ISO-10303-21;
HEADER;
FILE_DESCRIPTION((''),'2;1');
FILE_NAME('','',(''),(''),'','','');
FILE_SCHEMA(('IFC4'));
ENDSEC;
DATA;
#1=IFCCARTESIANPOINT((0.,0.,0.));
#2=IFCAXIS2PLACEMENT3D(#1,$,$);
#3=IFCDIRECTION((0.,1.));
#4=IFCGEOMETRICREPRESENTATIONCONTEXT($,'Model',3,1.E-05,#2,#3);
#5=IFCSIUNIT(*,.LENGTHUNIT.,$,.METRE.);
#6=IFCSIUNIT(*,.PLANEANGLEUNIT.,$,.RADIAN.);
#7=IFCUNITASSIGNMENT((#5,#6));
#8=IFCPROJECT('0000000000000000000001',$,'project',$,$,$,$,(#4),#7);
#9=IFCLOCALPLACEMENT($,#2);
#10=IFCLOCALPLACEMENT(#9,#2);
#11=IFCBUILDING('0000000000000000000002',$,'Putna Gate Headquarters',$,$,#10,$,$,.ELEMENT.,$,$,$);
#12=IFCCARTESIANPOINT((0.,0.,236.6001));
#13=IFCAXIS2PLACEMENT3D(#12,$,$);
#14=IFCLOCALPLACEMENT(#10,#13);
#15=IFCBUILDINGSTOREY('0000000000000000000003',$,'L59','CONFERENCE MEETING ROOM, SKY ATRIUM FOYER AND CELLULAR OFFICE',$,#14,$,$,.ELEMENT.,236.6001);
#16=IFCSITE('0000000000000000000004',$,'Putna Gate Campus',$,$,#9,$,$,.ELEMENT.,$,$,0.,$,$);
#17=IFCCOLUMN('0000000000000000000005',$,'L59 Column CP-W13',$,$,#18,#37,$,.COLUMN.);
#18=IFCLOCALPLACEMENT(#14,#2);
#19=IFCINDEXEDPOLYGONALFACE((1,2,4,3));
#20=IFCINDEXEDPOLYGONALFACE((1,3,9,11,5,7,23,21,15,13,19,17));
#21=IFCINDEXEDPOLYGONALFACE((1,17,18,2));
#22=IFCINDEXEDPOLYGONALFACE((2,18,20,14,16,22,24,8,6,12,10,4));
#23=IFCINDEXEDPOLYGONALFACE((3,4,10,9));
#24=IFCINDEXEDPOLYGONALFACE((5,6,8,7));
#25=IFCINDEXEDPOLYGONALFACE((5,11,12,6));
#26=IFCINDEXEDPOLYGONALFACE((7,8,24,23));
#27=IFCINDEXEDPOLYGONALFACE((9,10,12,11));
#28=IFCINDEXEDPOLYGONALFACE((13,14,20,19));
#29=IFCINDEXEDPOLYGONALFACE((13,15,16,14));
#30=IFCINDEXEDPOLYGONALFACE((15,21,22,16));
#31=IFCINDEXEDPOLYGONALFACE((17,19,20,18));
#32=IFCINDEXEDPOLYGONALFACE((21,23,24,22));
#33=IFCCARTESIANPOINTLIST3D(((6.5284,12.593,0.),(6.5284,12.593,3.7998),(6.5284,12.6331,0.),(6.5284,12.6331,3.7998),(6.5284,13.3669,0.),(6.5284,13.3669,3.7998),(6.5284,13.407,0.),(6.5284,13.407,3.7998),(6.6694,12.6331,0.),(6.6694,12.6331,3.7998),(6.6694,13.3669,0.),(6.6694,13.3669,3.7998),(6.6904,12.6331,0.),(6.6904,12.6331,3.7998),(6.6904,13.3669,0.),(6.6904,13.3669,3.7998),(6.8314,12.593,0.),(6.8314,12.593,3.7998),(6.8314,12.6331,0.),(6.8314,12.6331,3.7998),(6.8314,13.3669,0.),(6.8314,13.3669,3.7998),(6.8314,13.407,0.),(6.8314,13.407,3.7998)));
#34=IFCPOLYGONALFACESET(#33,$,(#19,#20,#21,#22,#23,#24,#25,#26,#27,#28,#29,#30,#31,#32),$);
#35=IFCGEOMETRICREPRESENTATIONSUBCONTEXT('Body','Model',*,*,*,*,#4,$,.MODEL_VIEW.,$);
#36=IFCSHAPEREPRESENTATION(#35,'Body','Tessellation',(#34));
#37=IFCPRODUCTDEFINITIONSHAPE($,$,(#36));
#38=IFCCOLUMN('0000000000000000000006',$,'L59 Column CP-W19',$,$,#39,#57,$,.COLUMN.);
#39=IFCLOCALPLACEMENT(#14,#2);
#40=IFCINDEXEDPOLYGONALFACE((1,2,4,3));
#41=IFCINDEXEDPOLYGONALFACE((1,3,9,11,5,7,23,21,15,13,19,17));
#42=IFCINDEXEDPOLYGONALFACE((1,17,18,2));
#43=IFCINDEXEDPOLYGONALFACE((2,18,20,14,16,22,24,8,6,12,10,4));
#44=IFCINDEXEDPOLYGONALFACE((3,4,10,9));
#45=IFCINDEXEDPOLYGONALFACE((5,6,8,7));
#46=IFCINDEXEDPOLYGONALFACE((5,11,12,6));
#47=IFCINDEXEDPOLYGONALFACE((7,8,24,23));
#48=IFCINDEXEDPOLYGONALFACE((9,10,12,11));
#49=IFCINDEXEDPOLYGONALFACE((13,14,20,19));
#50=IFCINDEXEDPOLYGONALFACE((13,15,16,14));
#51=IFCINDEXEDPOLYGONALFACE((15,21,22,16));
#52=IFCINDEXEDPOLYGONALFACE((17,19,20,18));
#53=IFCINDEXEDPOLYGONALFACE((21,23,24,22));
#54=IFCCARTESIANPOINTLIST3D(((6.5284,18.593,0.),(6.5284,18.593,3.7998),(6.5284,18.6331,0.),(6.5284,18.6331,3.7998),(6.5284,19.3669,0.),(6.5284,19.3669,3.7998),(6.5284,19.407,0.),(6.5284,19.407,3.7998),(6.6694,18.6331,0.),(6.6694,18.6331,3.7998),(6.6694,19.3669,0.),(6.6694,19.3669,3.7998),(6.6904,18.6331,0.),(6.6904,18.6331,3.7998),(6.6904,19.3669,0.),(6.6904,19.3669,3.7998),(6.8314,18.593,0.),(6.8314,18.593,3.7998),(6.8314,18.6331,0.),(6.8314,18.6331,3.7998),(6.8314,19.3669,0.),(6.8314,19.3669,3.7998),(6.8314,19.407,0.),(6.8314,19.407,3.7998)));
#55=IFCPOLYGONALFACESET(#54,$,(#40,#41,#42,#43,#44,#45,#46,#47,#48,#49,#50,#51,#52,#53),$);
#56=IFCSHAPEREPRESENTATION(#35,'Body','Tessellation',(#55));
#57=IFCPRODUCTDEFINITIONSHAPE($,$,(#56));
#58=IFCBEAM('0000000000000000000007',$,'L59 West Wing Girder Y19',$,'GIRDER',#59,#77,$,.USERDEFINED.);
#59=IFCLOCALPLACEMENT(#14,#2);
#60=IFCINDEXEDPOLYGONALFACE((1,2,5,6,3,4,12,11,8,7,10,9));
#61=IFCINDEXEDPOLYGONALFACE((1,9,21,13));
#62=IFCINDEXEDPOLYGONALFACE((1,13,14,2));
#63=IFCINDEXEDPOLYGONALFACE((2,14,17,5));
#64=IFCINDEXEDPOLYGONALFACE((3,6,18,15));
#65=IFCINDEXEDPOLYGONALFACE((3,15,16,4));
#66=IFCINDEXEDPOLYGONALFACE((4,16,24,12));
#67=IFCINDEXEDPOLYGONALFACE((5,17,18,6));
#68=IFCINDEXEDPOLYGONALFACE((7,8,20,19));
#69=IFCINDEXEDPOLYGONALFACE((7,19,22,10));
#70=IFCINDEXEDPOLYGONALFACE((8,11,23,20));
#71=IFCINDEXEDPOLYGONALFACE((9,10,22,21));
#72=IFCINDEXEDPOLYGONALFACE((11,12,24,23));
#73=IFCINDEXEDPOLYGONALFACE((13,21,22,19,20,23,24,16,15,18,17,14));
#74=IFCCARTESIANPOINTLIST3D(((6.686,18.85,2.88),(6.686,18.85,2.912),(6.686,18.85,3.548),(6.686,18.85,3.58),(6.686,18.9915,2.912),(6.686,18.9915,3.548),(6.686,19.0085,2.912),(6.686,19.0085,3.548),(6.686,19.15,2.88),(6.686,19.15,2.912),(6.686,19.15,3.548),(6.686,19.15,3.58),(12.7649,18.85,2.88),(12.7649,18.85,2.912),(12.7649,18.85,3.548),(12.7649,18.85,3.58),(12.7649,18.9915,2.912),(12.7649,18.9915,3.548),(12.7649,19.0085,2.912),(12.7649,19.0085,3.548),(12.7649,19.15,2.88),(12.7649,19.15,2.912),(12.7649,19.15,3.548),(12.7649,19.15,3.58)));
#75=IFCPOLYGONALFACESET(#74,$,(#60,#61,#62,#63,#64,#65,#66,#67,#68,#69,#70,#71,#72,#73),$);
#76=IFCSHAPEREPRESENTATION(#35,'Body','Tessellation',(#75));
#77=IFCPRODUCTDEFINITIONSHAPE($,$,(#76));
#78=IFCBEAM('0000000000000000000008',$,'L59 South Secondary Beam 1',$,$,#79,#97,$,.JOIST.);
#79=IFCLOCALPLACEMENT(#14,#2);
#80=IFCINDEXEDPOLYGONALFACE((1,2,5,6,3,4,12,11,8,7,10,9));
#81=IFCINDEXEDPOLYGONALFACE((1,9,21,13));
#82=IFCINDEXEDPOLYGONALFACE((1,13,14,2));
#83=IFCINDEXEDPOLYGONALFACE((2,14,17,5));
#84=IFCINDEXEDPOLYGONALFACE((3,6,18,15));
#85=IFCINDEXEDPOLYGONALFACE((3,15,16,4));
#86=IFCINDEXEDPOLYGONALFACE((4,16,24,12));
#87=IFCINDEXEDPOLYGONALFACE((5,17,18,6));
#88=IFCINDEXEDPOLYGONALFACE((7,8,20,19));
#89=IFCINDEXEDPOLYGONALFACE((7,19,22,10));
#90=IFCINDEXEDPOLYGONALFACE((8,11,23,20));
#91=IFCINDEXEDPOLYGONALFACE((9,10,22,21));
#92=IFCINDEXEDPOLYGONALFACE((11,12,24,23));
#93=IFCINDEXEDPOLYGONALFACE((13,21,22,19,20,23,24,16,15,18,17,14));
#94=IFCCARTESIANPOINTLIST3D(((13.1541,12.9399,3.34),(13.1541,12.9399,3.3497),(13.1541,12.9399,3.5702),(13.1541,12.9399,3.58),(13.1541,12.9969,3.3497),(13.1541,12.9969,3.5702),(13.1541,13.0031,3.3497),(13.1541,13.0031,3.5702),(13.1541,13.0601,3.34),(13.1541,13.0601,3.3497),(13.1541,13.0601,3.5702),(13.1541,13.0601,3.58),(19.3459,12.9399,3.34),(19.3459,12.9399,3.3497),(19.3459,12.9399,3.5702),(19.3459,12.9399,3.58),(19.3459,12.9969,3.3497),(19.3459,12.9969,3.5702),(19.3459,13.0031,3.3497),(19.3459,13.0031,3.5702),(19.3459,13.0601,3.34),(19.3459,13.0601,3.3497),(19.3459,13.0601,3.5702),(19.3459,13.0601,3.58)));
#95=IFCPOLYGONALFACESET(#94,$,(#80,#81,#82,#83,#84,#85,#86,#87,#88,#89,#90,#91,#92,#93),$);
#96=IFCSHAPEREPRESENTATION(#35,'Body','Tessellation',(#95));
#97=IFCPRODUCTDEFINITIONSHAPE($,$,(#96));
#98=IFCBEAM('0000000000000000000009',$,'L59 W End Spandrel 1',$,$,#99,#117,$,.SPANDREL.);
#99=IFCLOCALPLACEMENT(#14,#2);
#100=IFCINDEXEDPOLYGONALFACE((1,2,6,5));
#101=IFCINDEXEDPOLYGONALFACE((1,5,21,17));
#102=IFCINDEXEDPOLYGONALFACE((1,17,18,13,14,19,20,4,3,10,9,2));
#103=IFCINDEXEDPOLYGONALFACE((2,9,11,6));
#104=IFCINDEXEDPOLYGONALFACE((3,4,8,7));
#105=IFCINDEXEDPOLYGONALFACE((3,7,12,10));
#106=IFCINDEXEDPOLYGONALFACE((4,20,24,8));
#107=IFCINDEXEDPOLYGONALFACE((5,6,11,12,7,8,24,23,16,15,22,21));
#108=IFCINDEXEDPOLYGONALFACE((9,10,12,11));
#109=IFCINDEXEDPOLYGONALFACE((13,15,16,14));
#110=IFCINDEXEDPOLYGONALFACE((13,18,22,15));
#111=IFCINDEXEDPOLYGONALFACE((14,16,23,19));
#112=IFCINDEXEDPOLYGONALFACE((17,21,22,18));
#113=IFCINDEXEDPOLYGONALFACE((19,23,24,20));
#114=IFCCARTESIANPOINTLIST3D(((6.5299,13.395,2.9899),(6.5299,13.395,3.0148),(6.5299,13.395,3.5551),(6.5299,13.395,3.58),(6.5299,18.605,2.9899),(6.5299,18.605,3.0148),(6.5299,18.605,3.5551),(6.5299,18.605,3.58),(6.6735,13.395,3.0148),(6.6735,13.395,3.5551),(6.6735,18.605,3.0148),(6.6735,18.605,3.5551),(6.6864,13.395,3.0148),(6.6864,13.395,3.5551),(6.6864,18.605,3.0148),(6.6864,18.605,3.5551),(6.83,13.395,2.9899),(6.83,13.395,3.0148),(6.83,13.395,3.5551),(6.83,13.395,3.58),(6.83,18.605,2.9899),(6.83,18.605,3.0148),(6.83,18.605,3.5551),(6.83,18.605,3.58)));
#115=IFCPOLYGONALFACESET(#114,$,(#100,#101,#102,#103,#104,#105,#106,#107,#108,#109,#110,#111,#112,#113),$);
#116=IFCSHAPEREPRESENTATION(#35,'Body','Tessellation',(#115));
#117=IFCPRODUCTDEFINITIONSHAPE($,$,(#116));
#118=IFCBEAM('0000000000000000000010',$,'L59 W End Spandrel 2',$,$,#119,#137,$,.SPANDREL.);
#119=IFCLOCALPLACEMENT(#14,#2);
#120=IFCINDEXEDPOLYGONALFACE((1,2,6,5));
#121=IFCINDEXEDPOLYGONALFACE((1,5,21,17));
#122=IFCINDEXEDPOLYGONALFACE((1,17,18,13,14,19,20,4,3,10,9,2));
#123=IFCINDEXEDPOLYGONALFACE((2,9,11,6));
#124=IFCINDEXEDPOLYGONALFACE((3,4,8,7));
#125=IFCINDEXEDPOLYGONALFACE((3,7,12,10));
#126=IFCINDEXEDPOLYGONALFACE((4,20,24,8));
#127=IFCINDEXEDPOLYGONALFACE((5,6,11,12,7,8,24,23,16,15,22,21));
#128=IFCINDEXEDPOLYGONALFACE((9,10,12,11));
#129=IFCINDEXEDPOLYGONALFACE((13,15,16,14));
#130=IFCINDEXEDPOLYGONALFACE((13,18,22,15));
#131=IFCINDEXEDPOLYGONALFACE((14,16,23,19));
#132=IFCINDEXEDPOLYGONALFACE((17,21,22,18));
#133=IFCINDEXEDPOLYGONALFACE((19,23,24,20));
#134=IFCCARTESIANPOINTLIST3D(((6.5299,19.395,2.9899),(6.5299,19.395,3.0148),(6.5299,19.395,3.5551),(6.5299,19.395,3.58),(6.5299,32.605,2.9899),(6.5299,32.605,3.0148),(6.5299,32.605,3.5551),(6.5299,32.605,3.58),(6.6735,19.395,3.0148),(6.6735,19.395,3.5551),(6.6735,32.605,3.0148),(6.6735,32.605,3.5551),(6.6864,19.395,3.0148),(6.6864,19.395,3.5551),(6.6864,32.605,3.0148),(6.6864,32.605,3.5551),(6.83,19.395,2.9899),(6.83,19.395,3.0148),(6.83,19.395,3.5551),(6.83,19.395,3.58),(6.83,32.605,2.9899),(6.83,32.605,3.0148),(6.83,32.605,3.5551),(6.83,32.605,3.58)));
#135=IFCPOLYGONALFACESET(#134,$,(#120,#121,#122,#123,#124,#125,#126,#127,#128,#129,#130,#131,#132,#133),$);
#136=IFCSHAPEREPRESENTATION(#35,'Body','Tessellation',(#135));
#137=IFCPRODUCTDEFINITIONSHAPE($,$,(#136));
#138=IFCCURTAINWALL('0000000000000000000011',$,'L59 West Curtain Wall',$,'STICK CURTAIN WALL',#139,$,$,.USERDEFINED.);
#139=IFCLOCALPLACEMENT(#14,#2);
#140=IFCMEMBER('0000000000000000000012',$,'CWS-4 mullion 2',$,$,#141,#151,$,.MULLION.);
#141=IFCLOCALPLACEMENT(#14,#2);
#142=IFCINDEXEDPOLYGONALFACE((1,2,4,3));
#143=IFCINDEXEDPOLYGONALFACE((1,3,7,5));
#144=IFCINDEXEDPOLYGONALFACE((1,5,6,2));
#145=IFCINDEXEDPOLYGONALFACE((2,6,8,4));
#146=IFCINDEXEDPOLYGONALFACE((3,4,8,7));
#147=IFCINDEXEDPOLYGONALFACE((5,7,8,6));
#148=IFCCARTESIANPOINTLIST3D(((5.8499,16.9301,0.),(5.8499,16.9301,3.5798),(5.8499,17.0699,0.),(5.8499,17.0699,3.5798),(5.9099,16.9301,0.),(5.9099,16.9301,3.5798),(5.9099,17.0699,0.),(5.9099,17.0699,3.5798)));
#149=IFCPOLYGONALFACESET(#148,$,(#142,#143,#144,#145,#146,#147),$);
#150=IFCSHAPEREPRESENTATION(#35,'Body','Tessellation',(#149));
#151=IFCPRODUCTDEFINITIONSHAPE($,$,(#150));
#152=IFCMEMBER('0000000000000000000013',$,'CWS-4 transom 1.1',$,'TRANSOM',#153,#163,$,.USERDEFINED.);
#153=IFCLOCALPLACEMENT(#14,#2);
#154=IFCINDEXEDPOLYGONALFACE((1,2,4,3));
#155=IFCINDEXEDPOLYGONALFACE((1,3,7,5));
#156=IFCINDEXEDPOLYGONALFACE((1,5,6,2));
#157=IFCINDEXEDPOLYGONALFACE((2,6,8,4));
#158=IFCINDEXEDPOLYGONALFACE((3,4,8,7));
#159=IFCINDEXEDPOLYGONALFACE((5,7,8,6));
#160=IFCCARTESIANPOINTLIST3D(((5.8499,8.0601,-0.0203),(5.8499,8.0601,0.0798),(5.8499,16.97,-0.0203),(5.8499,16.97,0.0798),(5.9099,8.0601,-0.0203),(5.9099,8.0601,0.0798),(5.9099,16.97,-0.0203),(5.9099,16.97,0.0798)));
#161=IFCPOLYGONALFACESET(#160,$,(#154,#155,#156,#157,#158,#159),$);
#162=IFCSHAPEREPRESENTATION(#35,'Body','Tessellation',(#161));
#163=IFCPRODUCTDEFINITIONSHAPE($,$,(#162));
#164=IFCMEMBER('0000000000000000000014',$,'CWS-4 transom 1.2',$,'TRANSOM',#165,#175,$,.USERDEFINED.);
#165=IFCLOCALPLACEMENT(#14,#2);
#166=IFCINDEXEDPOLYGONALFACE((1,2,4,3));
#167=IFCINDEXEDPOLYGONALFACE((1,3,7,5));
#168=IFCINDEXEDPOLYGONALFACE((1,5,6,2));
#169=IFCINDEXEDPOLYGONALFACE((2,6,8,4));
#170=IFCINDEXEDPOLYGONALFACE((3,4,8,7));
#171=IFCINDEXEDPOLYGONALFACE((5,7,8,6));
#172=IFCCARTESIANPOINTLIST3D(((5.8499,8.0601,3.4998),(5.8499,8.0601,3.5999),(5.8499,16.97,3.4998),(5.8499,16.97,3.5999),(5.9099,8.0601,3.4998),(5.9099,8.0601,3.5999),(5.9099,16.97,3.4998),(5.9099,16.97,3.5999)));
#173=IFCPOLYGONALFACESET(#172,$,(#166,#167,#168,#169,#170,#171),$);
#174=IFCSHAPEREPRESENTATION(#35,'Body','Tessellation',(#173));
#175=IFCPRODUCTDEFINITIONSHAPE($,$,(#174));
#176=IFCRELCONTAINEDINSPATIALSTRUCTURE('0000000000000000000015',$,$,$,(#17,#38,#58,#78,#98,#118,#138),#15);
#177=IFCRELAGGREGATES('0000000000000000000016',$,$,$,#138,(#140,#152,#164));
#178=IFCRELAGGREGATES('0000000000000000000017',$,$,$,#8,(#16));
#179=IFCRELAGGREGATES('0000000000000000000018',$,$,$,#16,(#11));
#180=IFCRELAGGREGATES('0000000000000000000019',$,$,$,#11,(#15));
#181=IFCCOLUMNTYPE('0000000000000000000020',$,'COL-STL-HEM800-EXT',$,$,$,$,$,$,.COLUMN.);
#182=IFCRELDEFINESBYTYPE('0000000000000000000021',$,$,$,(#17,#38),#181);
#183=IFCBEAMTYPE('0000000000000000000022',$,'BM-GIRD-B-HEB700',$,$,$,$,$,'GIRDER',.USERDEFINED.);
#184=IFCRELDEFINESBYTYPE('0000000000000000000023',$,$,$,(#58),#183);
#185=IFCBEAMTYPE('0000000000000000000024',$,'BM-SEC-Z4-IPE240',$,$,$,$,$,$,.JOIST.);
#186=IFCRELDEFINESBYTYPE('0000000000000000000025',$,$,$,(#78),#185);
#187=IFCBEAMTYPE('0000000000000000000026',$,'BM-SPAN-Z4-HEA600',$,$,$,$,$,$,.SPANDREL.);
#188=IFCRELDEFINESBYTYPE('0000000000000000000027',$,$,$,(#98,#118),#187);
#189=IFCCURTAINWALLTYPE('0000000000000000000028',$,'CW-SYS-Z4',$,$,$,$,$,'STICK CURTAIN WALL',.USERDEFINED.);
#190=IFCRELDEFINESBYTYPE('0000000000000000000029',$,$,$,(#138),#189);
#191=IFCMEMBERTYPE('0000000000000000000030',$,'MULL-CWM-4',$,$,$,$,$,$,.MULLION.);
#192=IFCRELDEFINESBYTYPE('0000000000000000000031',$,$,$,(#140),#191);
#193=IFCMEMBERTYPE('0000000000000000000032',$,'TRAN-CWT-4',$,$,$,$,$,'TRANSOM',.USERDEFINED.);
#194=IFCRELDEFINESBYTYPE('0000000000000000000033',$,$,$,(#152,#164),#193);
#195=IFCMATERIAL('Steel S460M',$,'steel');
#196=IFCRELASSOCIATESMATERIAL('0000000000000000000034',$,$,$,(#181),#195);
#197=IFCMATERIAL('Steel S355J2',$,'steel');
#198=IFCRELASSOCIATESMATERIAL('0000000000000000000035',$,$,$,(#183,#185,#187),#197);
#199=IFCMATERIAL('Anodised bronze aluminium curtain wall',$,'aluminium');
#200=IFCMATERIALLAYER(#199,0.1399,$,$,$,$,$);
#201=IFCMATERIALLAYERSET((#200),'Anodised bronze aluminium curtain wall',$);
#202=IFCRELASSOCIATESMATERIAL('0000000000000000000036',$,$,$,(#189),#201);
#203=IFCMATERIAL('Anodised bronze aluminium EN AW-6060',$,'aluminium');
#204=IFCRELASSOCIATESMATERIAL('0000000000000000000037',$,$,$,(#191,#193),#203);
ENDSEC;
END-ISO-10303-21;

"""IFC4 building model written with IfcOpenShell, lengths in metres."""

from ifc_helpers import new_model, si_unit, direction, frame, origin, origin_2d, place, context, subcontext, project, spatial, rectangle, i_section, extrude, material, layer, layer_set, material_profile, profile_set, type_object, element, aggregate, save


model = new_model("IFC4")

# Units and contexts
model_context = context("Model", 3, precision=1e-05, world=origin(), true_north=direction((0.0, 1.0)))
body_context = subcontext(model_context, "Body", "Model", "MODEL_VIEW")
ifc_project = project(units=[si_unit("LENGTHUNIT", "METRE"), si_unit("PLANEANGLEUNIT", "RADIAN")], contexts=[model_context])

# Site, building, storey
site_placement = place(None, origin())
site = spatial("IfcSite", under=ifc_project, at=site_placement, Name="Putna Gate Campus", CompositionType="ELEMENT", RefElevation=0.0)
building_placement = place(site_placement, origin())
building = spatial("IfcBuilding", under=site, at=building_placement, Name="Putna Gate Headquarters", CompositionType="ELEMENT")
storey_placement = place(building_placement, frame((0.0, 0.0, 236.6001)))
storey = spatial("IfcBuildingStorey", under=building, at=storey_placement, Name="L59", Description="CONFERENCE MEETING ROOM, SKY ATRIUM FOYER AND CELLULAR OFFICE", CompositionType="ELEMENT", Elevation=236.6001)

# Columns
ifc_material_1 = material(Name="Steel S460M", Category="steel")
ifc_material_profile_1 = material_profile(ifc_material_1, i_section(OverallWidth=0.303, OverallDepth=0.814, WebThickness=0.021, FlangeThickness=0.04, at=origin_2d()), Name="Steel S460M")
ifc_profile_set_1 = profile_set([ifc_material_profile_1], Name="Steel S460M")
column_type = type_object("IfcColumnType", Name="COL-STL-HEM800-EXT", PredefinedType="COLUMN", material=ifc_profile_set_1)
for number, where, z_axis, x_axis, name in (
    (1, (6.6799, 13.0, 0.0), (0.0, 0.0, 1.0), (1.0, 0.0, 0.0), "L59 Column CP-W13"),
    (2, (6.6799, 19.0, 0.0), (0.0, 0.0, 1.0), (1.0, 0.0, 0.0), "L59 Column CP-W19"),
):
    element("IfcColumn", number, at=place(storey_placement, frame(where, z_axis=z_axis, x_axis=x_axis)), inside=storey, type_object=column_type, Name=name, PredefinedType="COLUMN", context=body_context, shape_type="SweptSolid", body=[
        extrude(i_section(OverallWidth=0.303, OverallDepth=0.814, WebThickness=0.021, FlangeThickness=0.04, at=origin_2d()), origin(), (0.0, 0.0, 1.0), 3.7998),
    ])

# Beams
ifc_material_2 = material(Name="Steel S355J2", Category="steel")
ifc_material_profile_2 = material_profile(ifc_material_2, i_section(OverallWidth=0.3, OverallDepth=0.7, WebThickness=0.0171, FlangeThickness=0.032, at=origin_2d()), Name="Steel S355J2")
ifc_profile_set_2 = profile_set([ifc_material_profile_2], Name="Steel S355J2")
beam_type_1 = type_object("IfcBeamType", Name="BM-GIRD-B-HEB700", ElementType="GIRDER", PredefinedType="USERDEFINED", material=ifc_profile_set_2)
beam_1_placement = place(storey_placement, frame((6.686, 19.0, 3.23), z_axis=(1.0, 0.0, 0.0), x_axis=(0.0, 1.0, 0.0)))
element("IfcBeam", 3, at=beam_1_placement, inside=storey, type_object=beam_type_1, Name="L59 West Wing Girder Y19", ObjectType="GIRDER", PredefinedType="USERDEFINED", context=body_context, shape_type="SweptSolid", body=[
    extrude(i_section(OverallWidth=0.3, OverallDepth=0.7, WebThickness=0.0171, FlangeThickness=0.032, at=origin_2d()), origin(), (0.0, 0.0, 1.0), 6.0789),
])
ifc_material_profile_3 = material_profile(ifc_material_2, i_section(OverallWidth=0.1201, OverallDepth=0.24, WebThickness=0.0061, FlangeThickness=0.0098, at=origin_2d()), Name="Steel S355J2")
ifc_profile_set_3 = profile_set([ifc_material_profile_3], Name="Steel S355J2")
beam_type_2 = type_object("IfcBeamType", Name="BM-SEC-Z4-IPE240", PredefinedType="JOIST", material=ifc_profile_set_3)
beam_2_placement = place(storey_placement, frame((13.1541, 13.0, 3.46), z_axis=(1.0, 0.0, 0.0), x_axis=(0.0, 1.0, 0.0)))
element("IfcBeam", 4, at=beam_2_placement, inside=storey, type_object=beam_type_2, Name="L59 South Secondary Beam 1", PredefinedType="JOIST", context=body_context, shape_type="SweptSolid", body=[
    extrude(i_section(OverallWidth=0.1201, OverallDepth=0.24, WebThickness=0.0061, FlangeThickness=0.0098, at=origin_2d()), origin(), (0.0, 0.0, 1.0), 6.1919),
])
ifc_material_profile_4 = material_profile(ifc_material_2, i_section(OverallWidth=0.3, OverallDepth=0.5901, WebThickness=0.0129, FlangeThickness=0.0249, at=origin_2d()), Name="Steel S355J2")
ifc_profile_set_4 = profile_set([ifc_material_profile_4], Name="Steel S355J2")
beam_type_3 = type_object("IfcBeamType", Name="BM-SPAN-Z4-HEA600", PredefinedType="SPANDREL", material=ifc_profile_set_4)
beam_3_placement = place(storey_placement, frame((6.6799, 13.395, 3.2849), z_axis=(0.0, 1.0, 0.0), x_axis=(-1.0, 0.0, 0.0)))
element("IfcBeam", 5, at=beam_3_placement, inside=storey, type_object=beam_type_3, Name="L59 W End Spandrel 1", PredefinedType="SPANDREL", context=body_context, shape_type="SweptSolid", body=[
    extrude(i_section(OverallWidth=0.3, OverallDepth=0.5901, WebThickness=0.0129, FlangeThickness=0.0249, at=origin_2d()), origin(), (0.0, 0.0, 1.0), 5.21),
])
beam_4_placement = place(storey_placement, frame((6.6799, 19.395, 3.2849), z_axis=(0.0, 1.0, 0.0), x_axis=(-1.0, 0.0, 0.0)))
element("IfcBeam", 6, at=beam_4_placement, inside=storey, type_object=beam_type_3, Name="L59 W End Spandrel 2", PredefinedType="SPANDREL", context=body_context, shape_type="SweptSolid", body=[
    extrude(i_section(OverallWidth=0.3, OverallDepth=0.5901, WebThickness=0.0129, FlangeThickness=0.0249, at=origin_2d()), origin(), (0.0, 0.0, 1.0), 13.21),
])

# Curtain wall, members
ifc_material_3 = material(Name="Anodised bronze aluminium curtain wall", Category="aluminium")
ifc_layer_1 = layer(ifc_material_3, 0.1399)
ifc_layer_set_1 = layer_set([ifc_layer_1], Name="Anodised bronze aluminium curtain wall")
curtain_wall_type = type_object("IfcCurtainWallType", Name="CW-SYS-Z4", ElementType="STICK CURTAIN WALL", PredefinedType="USERDEFINED", material=ifc_layer_set_1)
curtain_wall_placement = place(storey_placement, origin())
curtain_wall = element("IfcCurtainWall", 7, at=curtain_wall_placement, inside=storey, type_object=curtain_wall_type, Name="L59 West Curtain Wall", ObjectType="STICK CURTAIN WALL", PredefinedType="USERDEFINED")
ifc_material_4 = material(Name="Anodised bronze aluminium EN AW-6060", Category="aluminium")
ifc_material_profile_5 = material_profile(ifc_material_4, rectangle(XDim=0.0601, YDim=0.1399, at=origin_2d()), Name="Anodised bronze aluminium EN AW-6060")
ifc_profile_set_5 = profile_set([ifc_material_profile_5], Name="Anodised bronze aluminium EN AW-6060")
member_type_1 = type_object("IfcMemberType", Name="MULL-CWM-4", PredefinedType="MULLION", material=ifc_profile_set_5)
member_1_placement = place(storey_placement, frame((5.8799, 17.0, 0.0), z_axis=(0.0, 0.0, 1.0), x_axis=(-1.0, 0.0, 0.0)))
member_1 = element("IfcMember", 8, at=member_1_placement, type_object=member_type_1, Name="CWS-4 mullion 2", PredefinedType="MULLION", context=body_context, shape_type="SweptSolid", body=[
    extrude(rectangle(XDim=0.0601, YDim=0.1399, at=origin_2d()), origin(), (0.0, 0.0, 1.0), 3.5798),
])
ifc_material_profile_6 = material_profile(ifc_material_4, rectangle(XDim=0.0601, YDim=0.1001, at=origin_2d()), Name="Anodised bronze aluminium EN AW-6060")
ifc_profile_set_6 = profile_set([ifc_material_profile_6], Name="Anodised bronze aluminium EN AW-6060")
member_type_2 = type_object("IfcMemberType", Name="TRAN-CWT-4", ElementType="TRANSOM", PredefinedType="USERDEFINED", material=ifc_profile_set_6)
member_2_placement = place(storey_placement, frame((5.8799, 8.0601, 0.0298), z_axis=(0.0, 1.0, 0.0), x_axis=(-1.0, 0.0, 0.0)))
member_2 = element("IfcMember", 9, at=member_2_placement, type_object=member_type_2, Name="CWS-4 transom 1.1", ObjectType="TRANSOM", PredefinedType="USERDEFINED", context=body_context, shape_type="SweptSolid", body=[
    extrude(rectangle(XDim=0.0601, YDim=0.1001, at=origin_2d()), origin(), (0.0, 0.0, 1.0), 8.9099),
])
member_3_placement = place(storey_placement, frame((5.8799, 8.0601, 3.5498), z_axis=(0.0, 1.0, 0.0), x_axis=(-1.0, 0.0, 0.0)))
member_3 = element("IfcMember", 10, at=member_3_placement, type_object=member_type_2, Name="CWS-4 transom 1.2", ObjectType="TRANSOM", PredefinedType="USERDEFINED", context=body_context, shape_type="SweptSolid", body=[
    extrude(rectangle(XDim=0.0601, YDim=0.1001, at=origin_2d()), origin(), (0.0, 0.0, 1.0), 8.9099),
])
aggregate(curtain_wall, [member_1, member_2, member_3])

save(model, "model.ifc")
